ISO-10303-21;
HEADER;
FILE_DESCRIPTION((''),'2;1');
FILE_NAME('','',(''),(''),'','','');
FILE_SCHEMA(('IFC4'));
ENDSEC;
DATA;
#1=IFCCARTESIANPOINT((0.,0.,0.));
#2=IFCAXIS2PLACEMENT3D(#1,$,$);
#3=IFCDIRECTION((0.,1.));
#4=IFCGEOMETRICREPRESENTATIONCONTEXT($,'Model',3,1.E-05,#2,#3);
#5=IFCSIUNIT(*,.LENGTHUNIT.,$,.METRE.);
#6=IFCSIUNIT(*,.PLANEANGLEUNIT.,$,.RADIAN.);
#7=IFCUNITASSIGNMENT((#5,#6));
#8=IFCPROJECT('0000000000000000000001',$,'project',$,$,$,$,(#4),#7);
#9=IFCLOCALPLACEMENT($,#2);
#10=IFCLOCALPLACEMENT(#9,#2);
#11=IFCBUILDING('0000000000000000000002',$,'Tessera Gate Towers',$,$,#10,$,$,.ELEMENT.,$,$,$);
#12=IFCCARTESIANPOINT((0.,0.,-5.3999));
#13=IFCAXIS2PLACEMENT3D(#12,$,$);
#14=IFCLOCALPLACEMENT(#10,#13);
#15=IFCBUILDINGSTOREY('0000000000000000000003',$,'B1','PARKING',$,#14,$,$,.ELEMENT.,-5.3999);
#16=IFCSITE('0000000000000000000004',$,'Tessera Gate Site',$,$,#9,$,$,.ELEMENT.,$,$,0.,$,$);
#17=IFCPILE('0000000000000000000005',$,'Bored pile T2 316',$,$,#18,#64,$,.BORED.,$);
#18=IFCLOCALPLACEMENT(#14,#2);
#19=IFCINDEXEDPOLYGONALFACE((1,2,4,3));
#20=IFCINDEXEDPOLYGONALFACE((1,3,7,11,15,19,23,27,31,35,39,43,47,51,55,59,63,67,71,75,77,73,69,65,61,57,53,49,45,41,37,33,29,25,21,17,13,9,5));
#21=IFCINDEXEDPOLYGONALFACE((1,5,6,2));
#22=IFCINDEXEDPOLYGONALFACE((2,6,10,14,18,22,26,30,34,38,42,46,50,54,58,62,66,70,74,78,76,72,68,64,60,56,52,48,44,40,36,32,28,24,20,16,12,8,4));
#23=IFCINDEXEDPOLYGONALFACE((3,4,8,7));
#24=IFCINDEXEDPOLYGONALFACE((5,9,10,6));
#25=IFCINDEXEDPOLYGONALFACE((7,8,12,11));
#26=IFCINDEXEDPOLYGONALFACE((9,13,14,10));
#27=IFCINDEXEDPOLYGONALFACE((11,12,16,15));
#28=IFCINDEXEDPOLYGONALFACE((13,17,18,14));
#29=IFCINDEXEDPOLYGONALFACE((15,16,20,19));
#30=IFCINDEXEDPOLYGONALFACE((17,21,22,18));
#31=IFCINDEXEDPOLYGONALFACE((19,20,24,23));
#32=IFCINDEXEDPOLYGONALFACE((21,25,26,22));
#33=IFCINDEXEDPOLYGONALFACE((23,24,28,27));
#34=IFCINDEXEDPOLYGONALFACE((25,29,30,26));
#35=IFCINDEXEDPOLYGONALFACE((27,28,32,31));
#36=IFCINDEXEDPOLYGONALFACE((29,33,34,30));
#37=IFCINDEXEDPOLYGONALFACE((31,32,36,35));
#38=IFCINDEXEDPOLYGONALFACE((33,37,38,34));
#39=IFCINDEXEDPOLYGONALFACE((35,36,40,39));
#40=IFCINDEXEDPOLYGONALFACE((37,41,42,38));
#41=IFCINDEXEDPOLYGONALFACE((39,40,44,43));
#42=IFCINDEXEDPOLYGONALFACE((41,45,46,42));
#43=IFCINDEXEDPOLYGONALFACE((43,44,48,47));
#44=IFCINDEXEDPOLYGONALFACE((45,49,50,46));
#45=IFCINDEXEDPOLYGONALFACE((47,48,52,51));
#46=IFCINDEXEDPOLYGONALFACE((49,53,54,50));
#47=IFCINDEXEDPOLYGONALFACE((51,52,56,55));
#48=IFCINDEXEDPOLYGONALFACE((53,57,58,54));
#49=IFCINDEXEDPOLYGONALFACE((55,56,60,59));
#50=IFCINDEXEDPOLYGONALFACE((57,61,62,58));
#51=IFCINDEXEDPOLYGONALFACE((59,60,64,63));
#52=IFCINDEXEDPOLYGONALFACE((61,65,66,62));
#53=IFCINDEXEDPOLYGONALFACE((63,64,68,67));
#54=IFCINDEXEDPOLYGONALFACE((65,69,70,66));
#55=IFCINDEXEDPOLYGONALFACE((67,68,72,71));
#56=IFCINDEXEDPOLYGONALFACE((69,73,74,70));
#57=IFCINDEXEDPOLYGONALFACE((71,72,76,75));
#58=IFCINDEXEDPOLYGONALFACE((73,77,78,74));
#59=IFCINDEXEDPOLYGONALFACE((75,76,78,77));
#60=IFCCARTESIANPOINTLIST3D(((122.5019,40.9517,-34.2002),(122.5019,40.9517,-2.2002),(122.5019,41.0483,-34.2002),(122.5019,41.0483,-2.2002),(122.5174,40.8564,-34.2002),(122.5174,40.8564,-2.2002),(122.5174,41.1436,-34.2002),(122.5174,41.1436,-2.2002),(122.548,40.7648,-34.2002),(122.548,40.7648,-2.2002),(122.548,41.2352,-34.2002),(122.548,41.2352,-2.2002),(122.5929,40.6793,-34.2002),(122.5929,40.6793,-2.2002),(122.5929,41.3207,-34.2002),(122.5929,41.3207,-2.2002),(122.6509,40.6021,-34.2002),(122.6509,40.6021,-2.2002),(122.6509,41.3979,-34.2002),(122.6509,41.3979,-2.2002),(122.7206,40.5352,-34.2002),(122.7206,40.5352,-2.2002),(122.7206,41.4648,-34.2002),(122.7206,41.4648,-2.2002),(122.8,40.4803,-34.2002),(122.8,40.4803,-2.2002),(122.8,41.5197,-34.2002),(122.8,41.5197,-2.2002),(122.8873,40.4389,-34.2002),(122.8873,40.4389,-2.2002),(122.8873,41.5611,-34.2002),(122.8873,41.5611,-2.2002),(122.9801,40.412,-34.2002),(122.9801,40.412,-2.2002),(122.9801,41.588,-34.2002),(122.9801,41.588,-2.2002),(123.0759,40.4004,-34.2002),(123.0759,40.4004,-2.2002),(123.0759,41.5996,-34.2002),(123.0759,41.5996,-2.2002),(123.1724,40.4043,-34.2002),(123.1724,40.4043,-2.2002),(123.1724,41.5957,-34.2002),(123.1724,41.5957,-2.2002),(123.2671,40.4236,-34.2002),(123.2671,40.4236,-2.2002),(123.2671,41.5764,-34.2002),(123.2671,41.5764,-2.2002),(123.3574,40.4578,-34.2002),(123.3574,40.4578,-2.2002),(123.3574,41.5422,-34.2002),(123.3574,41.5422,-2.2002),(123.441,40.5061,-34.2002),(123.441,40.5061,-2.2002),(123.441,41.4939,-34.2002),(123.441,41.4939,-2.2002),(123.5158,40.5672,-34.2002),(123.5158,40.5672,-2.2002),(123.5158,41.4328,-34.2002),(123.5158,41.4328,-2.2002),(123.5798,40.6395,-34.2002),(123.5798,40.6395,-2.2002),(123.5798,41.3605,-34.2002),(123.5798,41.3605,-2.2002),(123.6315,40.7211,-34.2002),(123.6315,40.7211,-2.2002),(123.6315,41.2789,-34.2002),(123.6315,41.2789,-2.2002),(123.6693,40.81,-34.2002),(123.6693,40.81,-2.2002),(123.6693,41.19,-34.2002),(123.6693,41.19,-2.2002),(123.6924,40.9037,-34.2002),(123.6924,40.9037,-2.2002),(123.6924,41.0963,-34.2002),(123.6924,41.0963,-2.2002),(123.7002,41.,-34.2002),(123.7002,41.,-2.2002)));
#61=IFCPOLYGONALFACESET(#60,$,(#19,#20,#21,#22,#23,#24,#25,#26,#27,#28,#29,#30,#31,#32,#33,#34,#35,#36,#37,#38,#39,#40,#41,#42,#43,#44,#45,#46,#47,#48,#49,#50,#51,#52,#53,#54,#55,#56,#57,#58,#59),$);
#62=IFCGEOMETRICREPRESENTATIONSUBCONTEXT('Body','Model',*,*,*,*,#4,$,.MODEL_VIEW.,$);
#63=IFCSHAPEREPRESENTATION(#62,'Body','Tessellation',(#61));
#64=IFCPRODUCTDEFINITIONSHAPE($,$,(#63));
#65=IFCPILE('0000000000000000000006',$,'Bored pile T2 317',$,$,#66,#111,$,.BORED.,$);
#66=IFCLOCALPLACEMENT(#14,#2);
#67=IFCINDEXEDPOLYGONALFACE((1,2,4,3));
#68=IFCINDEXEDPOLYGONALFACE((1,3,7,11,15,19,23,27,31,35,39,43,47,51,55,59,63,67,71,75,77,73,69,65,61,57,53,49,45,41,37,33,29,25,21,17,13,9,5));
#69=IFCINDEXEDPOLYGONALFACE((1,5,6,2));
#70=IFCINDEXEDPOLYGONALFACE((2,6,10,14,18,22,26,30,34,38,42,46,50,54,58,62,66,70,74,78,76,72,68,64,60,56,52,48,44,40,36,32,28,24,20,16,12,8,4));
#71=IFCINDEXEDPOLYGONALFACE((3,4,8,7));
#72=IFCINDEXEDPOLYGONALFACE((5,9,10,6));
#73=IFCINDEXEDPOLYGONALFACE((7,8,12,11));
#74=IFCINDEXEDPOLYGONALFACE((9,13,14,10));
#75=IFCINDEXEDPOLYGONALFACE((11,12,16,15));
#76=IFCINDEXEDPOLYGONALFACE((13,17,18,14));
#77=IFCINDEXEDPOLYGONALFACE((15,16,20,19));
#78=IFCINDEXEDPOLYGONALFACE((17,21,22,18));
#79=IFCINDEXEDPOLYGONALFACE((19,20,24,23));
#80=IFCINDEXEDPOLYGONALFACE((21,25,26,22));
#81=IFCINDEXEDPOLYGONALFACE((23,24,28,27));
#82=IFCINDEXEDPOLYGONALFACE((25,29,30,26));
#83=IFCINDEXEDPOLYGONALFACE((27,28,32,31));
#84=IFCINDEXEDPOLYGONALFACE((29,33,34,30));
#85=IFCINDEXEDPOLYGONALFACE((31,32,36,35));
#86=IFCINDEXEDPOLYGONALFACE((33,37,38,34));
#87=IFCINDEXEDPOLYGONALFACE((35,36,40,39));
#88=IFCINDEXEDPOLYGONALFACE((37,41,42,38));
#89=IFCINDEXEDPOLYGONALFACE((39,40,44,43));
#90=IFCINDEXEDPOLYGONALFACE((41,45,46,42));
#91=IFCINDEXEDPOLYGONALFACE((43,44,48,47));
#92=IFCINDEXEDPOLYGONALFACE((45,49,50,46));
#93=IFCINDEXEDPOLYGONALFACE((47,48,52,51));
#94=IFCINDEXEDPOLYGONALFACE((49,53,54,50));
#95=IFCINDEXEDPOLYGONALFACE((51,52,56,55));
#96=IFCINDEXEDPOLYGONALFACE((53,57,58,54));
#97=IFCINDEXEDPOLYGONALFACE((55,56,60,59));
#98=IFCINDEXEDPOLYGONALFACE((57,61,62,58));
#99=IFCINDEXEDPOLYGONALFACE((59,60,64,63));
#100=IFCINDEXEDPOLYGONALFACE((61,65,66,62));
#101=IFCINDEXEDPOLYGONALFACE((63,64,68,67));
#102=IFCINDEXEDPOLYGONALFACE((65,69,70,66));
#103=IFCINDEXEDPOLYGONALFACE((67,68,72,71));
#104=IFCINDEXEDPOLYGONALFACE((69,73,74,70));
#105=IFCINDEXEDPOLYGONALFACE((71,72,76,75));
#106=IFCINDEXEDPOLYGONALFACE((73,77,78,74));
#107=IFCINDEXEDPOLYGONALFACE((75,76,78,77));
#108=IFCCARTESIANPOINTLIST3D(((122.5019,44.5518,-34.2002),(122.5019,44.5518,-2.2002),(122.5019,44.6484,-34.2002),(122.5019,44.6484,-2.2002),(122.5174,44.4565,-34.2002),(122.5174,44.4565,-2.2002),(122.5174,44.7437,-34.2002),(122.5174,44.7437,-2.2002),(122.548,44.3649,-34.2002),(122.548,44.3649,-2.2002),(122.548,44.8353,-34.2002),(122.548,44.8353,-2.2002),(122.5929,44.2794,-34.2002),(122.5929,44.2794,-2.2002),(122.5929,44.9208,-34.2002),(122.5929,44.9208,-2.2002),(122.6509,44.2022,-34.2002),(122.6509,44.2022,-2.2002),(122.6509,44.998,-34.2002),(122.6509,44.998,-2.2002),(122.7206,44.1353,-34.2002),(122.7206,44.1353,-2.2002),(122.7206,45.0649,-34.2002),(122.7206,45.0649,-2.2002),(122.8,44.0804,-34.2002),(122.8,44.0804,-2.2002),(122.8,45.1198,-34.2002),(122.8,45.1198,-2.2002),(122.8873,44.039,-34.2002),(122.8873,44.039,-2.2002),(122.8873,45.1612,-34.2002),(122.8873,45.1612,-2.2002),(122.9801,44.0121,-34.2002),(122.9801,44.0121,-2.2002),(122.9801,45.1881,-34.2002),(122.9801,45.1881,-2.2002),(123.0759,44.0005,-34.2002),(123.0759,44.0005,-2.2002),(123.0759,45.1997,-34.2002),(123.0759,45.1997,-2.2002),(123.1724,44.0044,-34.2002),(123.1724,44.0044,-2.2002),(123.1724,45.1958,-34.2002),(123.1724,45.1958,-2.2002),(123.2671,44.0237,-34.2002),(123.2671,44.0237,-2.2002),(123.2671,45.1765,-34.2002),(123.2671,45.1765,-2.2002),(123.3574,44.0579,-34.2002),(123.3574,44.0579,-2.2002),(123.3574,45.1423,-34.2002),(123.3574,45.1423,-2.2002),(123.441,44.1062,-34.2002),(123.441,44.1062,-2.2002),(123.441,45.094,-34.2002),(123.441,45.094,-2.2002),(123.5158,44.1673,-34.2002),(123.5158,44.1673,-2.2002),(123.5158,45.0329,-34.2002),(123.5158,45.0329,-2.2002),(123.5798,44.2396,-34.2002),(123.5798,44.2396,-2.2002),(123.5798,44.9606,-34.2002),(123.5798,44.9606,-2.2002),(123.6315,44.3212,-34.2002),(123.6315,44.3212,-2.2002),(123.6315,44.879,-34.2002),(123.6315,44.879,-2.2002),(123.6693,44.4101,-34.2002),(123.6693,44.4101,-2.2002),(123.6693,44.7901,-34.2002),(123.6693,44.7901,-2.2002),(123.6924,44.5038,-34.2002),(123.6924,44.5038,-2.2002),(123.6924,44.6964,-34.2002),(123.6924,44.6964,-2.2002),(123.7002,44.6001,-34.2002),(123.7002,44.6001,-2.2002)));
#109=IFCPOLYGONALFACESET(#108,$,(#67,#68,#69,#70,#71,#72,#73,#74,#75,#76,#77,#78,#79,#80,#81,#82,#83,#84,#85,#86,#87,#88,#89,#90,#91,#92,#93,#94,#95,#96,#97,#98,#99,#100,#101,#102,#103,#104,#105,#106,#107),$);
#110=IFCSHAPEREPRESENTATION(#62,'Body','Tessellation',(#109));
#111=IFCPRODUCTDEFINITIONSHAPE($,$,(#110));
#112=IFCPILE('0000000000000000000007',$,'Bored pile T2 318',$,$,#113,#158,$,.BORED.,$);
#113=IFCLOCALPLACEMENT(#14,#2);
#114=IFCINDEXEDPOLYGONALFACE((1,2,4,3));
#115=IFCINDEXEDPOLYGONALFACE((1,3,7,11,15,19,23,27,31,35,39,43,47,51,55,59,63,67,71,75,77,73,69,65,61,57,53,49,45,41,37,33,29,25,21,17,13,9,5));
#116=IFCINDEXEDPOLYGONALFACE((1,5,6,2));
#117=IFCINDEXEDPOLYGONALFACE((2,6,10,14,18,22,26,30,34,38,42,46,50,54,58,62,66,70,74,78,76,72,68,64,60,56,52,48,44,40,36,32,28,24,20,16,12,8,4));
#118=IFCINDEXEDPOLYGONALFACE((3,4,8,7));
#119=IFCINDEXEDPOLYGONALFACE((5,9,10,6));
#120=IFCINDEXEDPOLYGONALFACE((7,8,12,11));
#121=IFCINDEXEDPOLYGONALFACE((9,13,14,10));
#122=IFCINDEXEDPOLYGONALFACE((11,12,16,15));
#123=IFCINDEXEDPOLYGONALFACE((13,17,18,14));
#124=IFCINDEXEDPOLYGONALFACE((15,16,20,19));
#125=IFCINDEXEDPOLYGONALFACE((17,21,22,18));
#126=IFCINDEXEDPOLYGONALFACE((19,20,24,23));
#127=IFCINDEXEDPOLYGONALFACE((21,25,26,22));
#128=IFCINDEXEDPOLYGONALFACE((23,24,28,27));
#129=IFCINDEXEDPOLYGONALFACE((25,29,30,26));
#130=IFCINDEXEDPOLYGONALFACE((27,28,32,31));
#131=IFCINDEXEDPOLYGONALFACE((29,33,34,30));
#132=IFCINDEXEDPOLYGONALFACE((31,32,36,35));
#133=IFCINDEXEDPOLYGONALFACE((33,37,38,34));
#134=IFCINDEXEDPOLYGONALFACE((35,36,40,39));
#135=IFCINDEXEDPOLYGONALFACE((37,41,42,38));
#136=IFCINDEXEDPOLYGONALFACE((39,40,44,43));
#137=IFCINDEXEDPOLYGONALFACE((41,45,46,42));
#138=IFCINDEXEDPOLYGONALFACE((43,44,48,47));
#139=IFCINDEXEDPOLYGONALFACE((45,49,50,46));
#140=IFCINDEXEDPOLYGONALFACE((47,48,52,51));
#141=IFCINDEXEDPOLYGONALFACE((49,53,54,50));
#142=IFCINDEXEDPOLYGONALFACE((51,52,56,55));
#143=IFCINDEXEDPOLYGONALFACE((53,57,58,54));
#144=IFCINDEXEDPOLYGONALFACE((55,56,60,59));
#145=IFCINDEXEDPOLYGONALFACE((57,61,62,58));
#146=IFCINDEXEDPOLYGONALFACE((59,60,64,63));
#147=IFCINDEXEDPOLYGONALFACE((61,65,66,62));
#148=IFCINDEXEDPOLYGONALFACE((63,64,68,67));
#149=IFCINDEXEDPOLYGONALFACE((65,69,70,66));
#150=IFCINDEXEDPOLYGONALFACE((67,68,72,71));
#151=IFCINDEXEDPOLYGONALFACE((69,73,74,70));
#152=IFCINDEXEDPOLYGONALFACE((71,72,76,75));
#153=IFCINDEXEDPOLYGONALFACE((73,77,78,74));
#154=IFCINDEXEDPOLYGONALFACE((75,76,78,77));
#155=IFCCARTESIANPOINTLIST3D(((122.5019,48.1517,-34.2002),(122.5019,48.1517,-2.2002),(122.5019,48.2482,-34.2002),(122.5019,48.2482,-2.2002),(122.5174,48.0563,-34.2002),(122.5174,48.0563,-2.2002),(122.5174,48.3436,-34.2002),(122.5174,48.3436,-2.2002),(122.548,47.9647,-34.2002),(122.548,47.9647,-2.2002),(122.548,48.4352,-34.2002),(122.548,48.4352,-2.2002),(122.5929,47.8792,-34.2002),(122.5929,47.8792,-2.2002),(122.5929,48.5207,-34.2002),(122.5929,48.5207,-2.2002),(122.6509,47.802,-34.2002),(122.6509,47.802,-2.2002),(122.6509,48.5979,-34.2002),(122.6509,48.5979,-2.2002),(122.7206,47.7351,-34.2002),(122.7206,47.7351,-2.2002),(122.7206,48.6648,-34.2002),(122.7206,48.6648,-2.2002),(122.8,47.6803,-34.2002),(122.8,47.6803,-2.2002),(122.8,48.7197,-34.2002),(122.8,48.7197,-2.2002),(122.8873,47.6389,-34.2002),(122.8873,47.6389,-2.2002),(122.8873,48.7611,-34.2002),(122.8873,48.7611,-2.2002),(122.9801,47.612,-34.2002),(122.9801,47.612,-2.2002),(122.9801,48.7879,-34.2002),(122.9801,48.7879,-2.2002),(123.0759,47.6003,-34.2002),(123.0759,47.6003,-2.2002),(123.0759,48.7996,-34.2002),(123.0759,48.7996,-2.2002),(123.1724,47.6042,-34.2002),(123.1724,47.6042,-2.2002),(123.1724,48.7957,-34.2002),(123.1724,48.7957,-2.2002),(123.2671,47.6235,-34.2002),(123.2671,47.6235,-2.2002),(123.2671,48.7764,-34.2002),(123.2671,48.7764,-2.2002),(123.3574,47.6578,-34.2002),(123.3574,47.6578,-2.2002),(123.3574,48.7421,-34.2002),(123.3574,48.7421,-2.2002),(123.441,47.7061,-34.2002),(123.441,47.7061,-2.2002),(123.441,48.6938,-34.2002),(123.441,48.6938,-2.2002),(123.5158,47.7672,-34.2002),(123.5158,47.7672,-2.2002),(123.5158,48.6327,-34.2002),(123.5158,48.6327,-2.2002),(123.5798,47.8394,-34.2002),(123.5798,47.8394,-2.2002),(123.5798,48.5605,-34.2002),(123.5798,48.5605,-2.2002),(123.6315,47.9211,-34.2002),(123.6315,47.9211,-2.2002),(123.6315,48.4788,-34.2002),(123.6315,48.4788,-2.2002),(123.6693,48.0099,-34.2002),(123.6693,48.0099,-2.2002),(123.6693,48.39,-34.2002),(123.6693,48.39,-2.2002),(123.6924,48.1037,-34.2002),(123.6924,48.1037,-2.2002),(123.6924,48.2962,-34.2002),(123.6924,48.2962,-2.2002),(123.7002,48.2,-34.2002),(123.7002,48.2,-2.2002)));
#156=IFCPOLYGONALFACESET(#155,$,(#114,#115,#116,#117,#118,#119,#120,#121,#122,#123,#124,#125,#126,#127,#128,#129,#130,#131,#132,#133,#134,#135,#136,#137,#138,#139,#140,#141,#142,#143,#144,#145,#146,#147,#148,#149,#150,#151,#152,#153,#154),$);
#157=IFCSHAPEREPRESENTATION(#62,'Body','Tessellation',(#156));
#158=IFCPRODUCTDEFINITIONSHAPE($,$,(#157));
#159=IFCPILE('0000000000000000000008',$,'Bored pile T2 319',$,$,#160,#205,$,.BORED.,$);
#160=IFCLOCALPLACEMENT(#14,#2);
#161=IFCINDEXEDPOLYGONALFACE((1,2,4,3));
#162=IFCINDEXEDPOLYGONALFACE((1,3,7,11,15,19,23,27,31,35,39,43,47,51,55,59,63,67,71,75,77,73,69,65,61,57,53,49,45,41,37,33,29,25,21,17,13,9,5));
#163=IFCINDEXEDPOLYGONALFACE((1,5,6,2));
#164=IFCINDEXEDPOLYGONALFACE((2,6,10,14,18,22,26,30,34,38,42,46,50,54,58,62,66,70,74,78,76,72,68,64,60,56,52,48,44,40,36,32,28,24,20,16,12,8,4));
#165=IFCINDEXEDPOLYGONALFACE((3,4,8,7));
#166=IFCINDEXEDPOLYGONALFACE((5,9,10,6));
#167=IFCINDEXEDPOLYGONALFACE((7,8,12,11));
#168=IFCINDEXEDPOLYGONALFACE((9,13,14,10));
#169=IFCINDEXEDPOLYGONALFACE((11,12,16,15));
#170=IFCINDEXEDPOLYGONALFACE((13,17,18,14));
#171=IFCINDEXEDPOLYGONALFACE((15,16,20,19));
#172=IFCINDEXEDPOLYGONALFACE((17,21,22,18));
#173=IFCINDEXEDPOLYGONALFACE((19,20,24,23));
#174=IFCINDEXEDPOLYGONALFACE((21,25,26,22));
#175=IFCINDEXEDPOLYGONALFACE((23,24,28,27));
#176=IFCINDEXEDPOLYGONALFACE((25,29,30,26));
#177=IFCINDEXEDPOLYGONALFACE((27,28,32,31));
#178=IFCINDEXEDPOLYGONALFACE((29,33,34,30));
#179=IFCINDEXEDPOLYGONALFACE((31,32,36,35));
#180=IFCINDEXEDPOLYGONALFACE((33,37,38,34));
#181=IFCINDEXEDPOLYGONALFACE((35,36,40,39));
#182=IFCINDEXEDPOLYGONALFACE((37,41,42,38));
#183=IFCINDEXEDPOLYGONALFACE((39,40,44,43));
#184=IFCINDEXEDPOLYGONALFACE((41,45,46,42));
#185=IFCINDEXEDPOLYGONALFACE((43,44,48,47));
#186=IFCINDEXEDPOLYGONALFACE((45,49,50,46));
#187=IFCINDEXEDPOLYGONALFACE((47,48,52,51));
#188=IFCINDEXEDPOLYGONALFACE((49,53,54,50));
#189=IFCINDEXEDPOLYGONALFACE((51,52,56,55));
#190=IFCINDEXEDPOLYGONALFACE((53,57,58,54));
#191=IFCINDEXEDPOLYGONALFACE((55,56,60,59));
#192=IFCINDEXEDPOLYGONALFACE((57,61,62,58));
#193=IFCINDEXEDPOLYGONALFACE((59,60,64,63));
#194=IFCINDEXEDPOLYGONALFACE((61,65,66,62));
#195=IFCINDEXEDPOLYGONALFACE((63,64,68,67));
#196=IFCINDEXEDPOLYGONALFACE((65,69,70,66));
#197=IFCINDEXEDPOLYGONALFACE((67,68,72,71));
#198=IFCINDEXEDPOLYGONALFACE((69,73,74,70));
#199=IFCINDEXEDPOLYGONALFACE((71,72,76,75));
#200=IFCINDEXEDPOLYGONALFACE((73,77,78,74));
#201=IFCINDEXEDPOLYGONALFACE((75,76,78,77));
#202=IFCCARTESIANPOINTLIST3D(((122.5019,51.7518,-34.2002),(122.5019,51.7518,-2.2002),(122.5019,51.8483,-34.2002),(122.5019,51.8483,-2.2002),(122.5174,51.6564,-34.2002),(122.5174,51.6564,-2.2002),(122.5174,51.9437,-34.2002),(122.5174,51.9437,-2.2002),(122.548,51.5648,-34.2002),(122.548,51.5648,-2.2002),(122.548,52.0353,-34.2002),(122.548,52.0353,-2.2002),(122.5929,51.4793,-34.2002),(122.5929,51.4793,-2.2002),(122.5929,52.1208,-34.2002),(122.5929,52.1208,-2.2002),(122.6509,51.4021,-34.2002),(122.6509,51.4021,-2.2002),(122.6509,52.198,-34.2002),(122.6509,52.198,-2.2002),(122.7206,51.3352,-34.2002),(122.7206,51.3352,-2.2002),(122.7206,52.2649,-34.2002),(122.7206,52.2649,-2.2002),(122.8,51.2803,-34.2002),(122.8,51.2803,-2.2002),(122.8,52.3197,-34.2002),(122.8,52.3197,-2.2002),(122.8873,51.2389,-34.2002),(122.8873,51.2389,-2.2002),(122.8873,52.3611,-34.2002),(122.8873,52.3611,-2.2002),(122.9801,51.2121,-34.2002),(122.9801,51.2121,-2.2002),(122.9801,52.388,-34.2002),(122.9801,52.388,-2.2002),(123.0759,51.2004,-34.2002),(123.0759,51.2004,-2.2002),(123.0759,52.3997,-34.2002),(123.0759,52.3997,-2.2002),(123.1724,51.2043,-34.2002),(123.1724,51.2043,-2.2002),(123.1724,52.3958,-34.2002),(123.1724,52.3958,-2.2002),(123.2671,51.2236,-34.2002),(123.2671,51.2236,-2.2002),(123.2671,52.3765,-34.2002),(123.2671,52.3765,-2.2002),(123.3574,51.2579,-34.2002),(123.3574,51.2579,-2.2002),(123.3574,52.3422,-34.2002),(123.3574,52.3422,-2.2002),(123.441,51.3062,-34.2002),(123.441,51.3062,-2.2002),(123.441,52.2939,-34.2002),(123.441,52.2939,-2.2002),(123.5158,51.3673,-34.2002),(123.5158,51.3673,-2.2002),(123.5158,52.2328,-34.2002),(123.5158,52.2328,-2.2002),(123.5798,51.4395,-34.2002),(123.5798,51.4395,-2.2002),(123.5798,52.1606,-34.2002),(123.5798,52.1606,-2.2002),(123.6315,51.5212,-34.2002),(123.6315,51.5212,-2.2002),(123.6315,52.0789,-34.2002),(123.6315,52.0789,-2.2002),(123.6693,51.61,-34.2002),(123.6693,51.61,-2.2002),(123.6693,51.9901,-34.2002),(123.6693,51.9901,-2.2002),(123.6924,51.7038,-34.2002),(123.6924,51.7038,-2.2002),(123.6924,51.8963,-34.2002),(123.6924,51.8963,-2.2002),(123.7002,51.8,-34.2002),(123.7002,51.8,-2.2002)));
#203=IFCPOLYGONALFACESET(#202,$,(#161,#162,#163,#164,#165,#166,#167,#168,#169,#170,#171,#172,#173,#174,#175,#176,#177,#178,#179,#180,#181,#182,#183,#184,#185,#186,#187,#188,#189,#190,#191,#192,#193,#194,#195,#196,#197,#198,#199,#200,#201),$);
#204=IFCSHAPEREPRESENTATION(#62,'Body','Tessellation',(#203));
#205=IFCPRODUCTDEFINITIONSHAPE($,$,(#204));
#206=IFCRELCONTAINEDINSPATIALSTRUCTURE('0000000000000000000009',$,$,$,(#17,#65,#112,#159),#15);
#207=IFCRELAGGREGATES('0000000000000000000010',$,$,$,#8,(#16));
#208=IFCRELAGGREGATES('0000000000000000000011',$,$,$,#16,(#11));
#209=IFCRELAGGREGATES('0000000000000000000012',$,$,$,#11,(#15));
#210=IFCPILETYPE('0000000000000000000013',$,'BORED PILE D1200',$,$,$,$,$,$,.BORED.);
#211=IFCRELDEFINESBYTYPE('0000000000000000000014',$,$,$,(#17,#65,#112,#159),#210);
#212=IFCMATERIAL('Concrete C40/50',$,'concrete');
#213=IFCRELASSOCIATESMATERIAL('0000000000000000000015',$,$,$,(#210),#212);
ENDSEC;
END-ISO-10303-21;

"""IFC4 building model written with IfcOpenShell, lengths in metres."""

from ifc_helpers import new_model, si_unit, direction, frame, origin, origin_2d, place, context, subcontext, project, spatial, circle, extrude, material, material_profile, profile_set, type_object, element, save


model = new_model("IFC4")

# Units and contexts
model_context = context("Model", 3, precision=1e-05, world=origin(), true_north=direction((0.0, 1.0)))
body_context = subcontext(model_context, "Body", "Model", "MODEL_VIEW")
ifc_project = project(units=[si_unit("LENGTHUNIT", "METRE"), si_unit("PLANEANGLEUNIT", "RADIAN")], contexts=[model_context])

# Site, building, storey
site_placement = place(None, origin())
site = spatial("IfcSite", under=ifc_project, at=site_placement, Name="Tessera Gate Site", CompositionType="ELEMENT", RefElevation=0.0)
building_placement = place(site_placement, origin())
building = spatial("IfcBuilding", under=site, at=building_placement, Name="Tessera Gate Towers", CompositionType="ELEMENT")
storey_placement = place(building_placement, frame((0.0, 0.0, -5.3999)))
storey = spatial("IfcBuildingStorey", under=building, at=storey_placement, Name="B1", Description="PARKING", CompositionType="ELEMENT", Elevation=-5.3999)

# Piles
ifc_material_1 = material(Name="Concrete C40/50", Category="concrete")
ifc_material_profile_1 = material_profile(ifc_material_1, circle(Radius=0.6001, at=origin_2d()), Name="BORED PILE D1200")
ifc_profile_set_1 = profile_set([ifc_material_profile_1], Name="Concrete C40/50")
pile_type = type_object("IfcPileType", Name="BORED PILE D1200", PredefinedType="BORED", material=ifc_profile_set_1)
for number, where, z_axis, x_axis, name in (
    (1, (123.1001, 41.0, -2.2002), (0.0, 0.0, -1.0), (1.0, 0.0, 0.0), "Bored pile T2 316"),
    (2, (123.1001, 44.6001, -2.2002), (0.0, 0.0, -1.0), (1.0, 0.0, 0.0), "Bored pile T2 317"),
    (3, (123.1001, 48.2, -2.2002), (0.0, 0.0, -1.0), (1.0, 0.0, 0.0), "Bored pile T2 318"),
    (4, (123.1001, 51.8, -2.2002), (0.0, 0.0, -1.0), (1.0, 0.0, 0.0), "Bored pile T2 319"),
):
    element("IfcPile", number, at=place(storey_placement, frame(where, z_axis=z_axis, x_axis=x_axis)), inside=storey, type_object=pile_type, Name=name, PredefinedType="BORED", context=body_context, shape_type="SweptSolid", body=[
        extrude(circle(Radius=0.6001, at=origin_2d()), origin(), (0.0, 0.0, 1.0), 32.0),
    ])

save(model, "model.ifc")
